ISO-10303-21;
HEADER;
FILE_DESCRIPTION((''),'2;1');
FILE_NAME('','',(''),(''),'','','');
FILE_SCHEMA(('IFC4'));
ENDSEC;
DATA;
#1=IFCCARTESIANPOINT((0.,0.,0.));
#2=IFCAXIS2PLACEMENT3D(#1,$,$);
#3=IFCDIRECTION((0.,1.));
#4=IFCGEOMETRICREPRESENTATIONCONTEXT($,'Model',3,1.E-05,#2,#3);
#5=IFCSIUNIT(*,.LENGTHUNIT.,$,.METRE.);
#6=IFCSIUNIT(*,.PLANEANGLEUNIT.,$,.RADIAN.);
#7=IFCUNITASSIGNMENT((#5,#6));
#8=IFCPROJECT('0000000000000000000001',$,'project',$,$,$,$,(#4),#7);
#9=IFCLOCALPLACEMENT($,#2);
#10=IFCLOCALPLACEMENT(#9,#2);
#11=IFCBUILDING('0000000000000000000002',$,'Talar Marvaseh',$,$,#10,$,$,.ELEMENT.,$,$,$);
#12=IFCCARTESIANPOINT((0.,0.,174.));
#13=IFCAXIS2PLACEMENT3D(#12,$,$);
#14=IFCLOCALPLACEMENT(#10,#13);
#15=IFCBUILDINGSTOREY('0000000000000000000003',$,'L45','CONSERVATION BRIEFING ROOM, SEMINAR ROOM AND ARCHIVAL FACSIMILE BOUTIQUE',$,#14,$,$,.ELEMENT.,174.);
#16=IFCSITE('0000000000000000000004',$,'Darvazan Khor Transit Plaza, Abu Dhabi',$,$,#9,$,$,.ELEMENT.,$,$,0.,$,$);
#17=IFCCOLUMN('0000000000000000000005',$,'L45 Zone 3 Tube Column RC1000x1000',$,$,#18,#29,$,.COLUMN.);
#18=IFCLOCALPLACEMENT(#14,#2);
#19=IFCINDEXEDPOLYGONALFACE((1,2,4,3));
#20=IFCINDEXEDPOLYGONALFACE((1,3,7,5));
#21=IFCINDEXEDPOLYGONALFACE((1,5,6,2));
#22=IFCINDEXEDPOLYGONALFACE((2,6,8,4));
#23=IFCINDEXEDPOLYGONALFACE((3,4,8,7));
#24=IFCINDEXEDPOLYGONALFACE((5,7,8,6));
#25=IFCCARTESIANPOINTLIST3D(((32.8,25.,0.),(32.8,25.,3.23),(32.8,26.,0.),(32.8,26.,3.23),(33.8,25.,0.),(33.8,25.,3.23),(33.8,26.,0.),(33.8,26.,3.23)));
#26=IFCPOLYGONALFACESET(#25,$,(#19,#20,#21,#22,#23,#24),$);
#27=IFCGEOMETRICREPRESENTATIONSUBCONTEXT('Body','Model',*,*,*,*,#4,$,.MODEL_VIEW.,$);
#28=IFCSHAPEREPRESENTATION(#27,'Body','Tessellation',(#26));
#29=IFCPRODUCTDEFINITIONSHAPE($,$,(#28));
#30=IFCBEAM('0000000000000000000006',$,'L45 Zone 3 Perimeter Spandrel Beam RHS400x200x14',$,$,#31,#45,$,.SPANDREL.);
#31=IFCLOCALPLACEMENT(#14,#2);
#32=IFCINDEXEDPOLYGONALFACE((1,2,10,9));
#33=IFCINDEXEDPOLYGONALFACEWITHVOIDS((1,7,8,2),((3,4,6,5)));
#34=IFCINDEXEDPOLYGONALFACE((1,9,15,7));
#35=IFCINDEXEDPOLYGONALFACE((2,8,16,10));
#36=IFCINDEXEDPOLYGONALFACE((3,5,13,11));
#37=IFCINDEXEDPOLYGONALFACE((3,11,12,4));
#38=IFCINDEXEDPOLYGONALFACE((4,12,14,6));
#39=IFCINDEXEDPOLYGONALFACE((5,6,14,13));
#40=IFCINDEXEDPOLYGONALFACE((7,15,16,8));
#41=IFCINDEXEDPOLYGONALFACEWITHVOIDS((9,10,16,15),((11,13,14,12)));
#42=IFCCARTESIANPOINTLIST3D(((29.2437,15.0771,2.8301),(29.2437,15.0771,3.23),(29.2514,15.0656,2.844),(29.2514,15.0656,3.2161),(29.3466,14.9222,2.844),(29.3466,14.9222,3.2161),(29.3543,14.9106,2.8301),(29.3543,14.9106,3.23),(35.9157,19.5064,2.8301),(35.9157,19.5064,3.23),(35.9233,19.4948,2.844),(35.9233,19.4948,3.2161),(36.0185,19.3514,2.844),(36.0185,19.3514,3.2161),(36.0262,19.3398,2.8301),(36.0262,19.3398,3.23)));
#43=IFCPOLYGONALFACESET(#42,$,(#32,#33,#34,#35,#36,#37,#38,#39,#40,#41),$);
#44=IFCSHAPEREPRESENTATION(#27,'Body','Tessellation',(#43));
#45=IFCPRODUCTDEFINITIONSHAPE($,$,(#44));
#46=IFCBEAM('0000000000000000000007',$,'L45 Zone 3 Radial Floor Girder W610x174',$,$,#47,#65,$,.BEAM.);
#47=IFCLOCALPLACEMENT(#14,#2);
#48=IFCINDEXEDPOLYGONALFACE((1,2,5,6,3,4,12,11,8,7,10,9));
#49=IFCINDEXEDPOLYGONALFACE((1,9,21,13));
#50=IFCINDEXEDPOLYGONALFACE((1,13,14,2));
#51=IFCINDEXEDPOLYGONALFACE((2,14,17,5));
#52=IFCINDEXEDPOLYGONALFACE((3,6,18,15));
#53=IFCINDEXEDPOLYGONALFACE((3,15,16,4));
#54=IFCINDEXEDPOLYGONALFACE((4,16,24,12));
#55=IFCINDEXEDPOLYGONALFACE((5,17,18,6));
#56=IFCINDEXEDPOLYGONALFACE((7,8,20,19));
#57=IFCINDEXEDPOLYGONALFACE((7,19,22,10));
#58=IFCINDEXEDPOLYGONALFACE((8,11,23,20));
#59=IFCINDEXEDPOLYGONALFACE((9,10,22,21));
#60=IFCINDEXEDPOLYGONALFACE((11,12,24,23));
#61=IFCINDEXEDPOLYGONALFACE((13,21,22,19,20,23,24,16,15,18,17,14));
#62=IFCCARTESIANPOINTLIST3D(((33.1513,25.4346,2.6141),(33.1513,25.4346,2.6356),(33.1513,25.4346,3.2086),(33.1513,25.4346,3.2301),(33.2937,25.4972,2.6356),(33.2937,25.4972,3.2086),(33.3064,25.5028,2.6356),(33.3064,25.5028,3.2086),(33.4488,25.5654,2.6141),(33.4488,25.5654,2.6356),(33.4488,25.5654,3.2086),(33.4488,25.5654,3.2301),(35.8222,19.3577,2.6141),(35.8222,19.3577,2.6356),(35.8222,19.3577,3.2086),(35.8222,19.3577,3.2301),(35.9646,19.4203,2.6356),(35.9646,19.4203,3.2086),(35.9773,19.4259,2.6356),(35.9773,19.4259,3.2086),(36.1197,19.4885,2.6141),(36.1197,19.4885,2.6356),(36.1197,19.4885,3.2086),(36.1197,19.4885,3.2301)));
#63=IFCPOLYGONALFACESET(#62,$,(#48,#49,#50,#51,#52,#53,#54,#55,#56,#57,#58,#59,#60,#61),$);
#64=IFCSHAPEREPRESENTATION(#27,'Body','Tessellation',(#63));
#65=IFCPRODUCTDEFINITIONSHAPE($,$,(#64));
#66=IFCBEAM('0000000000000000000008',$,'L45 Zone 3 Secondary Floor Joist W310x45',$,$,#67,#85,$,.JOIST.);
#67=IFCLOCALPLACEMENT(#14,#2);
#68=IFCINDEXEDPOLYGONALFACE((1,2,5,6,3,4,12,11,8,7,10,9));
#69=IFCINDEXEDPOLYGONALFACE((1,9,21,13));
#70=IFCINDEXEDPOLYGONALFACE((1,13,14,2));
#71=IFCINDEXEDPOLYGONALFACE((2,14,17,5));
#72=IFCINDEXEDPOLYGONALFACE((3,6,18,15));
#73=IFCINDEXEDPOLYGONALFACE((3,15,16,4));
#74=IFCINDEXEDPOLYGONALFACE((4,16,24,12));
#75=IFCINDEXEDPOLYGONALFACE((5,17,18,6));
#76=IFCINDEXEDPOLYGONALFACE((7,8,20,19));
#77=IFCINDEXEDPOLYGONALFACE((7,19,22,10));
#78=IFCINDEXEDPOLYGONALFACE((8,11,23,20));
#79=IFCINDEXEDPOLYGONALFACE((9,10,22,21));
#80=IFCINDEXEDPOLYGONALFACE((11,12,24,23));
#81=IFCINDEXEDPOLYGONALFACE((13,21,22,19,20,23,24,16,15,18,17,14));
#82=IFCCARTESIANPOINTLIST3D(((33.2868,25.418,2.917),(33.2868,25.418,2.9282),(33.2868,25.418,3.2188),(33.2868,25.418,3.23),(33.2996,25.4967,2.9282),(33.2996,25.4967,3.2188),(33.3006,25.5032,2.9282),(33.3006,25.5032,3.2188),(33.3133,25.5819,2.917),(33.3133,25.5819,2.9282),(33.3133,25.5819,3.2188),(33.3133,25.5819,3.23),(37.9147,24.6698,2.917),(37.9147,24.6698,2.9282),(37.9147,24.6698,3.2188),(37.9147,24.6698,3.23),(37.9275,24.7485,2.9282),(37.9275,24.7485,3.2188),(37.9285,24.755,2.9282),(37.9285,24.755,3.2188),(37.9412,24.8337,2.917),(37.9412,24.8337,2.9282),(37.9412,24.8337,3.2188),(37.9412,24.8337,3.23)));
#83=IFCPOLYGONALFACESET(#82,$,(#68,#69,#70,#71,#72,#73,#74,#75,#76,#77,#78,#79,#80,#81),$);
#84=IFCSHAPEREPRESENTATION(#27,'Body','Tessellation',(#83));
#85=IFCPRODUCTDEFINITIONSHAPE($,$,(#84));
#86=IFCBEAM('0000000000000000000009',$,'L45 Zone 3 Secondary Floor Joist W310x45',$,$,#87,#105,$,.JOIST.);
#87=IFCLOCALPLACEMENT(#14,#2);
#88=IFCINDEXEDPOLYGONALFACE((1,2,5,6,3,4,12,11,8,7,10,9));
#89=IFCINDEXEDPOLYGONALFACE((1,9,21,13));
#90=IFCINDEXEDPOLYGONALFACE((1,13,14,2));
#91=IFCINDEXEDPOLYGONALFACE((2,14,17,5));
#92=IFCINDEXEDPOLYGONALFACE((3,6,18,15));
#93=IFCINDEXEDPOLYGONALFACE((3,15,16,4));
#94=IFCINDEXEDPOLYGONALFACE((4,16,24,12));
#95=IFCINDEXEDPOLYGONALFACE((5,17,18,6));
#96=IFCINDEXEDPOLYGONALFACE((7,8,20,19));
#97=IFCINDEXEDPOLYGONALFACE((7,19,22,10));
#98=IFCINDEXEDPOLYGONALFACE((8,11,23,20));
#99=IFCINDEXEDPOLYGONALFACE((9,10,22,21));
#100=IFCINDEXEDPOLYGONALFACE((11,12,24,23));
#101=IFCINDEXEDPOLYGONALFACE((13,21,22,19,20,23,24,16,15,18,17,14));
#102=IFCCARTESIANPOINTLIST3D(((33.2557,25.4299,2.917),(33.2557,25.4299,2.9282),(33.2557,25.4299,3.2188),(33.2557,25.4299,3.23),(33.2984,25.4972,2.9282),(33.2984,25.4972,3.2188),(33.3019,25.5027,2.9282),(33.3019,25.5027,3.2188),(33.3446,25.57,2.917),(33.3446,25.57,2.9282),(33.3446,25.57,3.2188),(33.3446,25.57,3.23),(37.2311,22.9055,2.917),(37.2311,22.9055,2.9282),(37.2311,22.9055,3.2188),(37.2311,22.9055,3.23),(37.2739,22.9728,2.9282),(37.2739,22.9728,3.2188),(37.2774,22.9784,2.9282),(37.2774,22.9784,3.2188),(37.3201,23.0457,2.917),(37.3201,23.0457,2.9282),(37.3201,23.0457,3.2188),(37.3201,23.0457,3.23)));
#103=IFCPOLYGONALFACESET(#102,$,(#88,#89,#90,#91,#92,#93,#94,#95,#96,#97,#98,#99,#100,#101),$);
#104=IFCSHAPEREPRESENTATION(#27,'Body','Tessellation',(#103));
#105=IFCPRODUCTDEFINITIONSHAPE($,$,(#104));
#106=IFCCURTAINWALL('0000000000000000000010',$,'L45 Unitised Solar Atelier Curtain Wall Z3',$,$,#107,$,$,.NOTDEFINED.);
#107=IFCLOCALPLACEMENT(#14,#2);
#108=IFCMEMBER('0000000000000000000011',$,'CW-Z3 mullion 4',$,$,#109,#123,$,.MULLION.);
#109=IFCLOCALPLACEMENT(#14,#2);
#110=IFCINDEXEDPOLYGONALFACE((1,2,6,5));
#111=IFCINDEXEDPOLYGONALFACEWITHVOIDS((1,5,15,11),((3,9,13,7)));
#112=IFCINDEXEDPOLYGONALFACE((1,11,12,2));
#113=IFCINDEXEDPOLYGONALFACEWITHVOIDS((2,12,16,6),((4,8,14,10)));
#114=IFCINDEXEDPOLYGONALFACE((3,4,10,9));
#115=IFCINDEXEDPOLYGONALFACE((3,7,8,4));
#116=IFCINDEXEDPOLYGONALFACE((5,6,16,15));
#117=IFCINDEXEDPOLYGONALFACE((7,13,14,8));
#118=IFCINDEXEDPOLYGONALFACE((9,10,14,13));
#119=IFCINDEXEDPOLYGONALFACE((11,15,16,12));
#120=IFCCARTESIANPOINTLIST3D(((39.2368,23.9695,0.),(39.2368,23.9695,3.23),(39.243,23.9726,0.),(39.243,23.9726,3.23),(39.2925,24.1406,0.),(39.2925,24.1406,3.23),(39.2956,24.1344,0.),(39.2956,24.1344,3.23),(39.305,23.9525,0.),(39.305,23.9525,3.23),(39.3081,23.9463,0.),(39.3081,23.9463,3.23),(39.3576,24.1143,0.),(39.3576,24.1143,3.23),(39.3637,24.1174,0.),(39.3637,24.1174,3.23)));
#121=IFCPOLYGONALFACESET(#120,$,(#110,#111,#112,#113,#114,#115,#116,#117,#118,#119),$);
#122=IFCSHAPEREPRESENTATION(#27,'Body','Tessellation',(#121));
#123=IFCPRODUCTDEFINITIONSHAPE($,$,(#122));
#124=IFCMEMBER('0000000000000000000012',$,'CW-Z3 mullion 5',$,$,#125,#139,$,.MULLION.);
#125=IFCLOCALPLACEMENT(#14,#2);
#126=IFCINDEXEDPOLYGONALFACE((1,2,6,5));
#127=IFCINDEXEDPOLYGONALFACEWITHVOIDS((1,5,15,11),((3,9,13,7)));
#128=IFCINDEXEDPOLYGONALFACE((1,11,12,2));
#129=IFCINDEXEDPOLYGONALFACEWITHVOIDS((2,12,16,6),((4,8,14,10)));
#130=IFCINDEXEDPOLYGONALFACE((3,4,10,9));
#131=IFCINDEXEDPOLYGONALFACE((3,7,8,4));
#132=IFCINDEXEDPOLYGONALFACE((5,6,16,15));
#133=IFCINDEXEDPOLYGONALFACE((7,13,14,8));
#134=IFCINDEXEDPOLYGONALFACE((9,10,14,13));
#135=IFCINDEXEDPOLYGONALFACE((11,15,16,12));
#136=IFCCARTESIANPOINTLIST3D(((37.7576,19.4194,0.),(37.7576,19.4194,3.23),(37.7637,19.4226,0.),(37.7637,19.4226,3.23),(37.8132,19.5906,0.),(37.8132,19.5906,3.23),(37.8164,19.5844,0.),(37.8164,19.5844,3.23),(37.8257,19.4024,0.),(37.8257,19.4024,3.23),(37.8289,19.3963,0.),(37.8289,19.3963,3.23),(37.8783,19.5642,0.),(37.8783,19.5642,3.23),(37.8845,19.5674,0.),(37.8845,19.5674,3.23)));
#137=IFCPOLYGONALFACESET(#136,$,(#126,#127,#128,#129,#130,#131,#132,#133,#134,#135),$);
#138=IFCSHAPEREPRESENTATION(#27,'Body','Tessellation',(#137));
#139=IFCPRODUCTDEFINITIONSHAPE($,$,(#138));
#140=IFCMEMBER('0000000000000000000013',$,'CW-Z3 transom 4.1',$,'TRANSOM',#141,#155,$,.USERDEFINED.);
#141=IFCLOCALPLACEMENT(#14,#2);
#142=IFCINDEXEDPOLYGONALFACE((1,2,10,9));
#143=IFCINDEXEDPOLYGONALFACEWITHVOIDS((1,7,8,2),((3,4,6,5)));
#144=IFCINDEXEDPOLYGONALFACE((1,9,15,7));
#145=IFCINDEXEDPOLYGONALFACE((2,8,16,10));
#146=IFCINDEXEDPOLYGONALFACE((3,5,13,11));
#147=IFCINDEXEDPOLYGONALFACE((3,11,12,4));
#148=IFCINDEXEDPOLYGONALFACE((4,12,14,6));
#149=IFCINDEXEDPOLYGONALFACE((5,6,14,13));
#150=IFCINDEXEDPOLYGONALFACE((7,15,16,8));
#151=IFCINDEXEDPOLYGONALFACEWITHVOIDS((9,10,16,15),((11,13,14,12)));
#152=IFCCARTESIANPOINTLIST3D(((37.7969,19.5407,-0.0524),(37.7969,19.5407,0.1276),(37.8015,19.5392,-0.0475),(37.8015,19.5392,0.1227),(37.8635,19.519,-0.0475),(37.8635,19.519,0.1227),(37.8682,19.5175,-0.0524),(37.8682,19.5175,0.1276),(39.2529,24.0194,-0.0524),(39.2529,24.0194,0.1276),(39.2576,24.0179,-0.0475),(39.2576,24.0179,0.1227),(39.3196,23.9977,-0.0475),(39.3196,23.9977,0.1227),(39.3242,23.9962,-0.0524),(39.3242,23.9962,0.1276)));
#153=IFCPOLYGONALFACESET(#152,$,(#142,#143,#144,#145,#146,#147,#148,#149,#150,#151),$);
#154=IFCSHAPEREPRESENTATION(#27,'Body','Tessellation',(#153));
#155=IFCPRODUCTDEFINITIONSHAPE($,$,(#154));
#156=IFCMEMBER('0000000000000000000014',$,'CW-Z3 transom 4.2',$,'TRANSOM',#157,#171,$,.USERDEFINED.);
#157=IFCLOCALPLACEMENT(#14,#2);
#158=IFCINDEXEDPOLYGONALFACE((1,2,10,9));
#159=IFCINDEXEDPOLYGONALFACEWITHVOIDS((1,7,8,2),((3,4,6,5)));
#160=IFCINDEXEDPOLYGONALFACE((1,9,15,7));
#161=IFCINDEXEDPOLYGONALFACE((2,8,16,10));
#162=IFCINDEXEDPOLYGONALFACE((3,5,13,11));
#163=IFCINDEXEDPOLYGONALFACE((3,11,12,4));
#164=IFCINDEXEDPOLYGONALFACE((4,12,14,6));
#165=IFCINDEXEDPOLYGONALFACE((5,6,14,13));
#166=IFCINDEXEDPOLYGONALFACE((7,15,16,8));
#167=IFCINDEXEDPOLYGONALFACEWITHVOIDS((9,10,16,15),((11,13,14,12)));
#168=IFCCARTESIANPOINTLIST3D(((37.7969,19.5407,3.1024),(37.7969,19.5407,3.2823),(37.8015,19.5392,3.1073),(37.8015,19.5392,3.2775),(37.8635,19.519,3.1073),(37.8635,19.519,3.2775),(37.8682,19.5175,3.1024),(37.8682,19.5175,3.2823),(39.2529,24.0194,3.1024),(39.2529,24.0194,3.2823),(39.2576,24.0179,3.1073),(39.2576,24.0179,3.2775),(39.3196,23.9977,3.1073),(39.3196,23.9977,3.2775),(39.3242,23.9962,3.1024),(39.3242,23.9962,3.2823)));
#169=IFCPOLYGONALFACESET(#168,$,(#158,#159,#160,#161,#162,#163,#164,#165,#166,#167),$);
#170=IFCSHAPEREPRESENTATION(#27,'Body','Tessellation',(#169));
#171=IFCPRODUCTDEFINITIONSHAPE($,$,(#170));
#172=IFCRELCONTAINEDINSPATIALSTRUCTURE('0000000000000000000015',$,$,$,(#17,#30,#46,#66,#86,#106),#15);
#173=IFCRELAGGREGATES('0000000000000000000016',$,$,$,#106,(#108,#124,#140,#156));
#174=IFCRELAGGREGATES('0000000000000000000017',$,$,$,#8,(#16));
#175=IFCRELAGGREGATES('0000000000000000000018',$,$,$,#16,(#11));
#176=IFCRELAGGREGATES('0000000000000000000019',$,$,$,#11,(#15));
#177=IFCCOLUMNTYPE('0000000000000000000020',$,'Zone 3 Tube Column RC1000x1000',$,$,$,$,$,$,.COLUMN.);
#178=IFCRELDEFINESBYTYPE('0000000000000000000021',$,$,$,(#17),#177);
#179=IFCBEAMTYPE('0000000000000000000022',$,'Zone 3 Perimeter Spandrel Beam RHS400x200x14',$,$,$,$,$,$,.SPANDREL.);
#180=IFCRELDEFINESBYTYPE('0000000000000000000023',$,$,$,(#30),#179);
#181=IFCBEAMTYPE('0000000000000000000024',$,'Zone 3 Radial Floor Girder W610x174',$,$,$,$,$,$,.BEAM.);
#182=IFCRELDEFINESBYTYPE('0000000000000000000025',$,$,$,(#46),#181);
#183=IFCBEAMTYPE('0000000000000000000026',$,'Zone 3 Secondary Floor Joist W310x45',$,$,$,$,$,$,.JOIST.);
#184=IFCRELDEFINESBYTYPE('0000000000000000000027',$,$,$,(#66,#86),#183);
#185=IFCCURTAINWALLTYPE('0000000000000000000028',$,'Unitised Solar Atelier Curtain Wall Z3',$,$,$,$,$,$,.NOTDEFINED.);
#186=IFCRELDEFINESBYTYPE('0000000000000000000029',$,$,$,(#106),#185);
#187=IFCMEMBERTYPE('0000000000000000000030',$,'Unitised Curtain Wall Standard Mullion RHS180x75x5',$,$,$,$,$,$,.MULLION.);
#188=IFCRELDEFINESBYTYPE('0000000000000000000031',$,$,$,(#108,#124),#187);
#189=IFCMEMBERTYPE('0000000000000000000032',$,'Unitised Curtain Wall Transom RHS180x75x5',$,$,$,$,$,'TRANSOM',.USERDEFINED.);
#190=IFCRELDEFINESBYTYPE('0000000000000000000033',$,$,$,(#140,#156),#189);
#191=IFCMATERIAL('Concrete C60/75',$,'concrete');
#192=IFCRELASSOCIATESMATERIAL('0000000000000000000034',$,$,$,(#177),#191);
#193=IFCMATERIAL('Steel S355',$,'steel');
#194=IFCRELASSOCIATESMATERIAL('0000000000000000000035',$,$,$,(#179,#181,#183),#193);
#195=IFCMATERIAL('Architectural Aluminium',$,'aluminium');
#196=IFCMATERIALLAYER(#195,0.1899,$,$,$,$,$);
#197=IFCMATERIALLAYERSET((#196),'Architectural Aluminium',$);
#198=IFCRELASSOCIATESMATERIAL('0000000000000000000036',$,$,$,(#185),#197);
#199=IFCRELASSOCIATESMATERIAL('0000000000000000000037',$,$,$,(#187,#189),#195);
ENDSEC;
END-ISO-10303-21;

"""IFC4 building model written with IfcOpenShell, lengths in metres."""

from ifc_helpers import new_model, si_unit, direction, frame, origin, origin_2d, place, context, subcontext, project, spatial, rectangle, hollow_rectangle, i_section, extrude, source, transform, mapped, material, layer, layer_set, material_profile, profile_set, type_object, type_shapes, element, aggregate, save


model = new_model("IFC4")

# Units and contexts
model_context = context("Model", 3, precision=1e-05, world=origin(), true_north=direction((0.0, 1.0)))
body_context = subcontext(model_context, "Body", "Model", "MODEL_VIEW")
ifc_project = project(units=[si_unit("LENGTHUNIT", "METRE"), si_unit("PLANEANGLEUNIT", "RADIAN")], contexts=[model_context])

# Site, building, storey
site_placement = place(None, origin())
site = spatial("IfcSite", under=ifc_project, at=site_placement, Name="Darvazan Khor Transit Plaza, Abu Dhabi", CompositionType="ELEMENT", RefElevation=0.0)
building_placement = place(site_placement, origin())
building = spatial("IfcBuilding", under=site, at=building_placement, Name="Talar Marvaseh", CompositionType="ELEMENT")
storey_placement = place(building_placement, frame((0.0, 0.0, 174.0)))
storey = spatial("IfcBuildingStorey", under=building, at=storey_placement, Name="L45", Description="CONSERVATION BRIEFING ROOM, SEMINAR ROOM AND ARCHIVAL FACSIMILE BOUTIQUE", CompositionType="ELEMENT", Elevation=174.0)

# Column
ifc_material_1 = material(Name="Concrete C60/75", Category="concrete")
ifc_material_profile_1 = material_profile(ifc_material_1, rectangle(XDim=1.0, YDim=1.0, at=origin_2d()), Name="RC1000x1000")
ifc_profile_set_1 = profile_set([ifc_material_profile_1], Name="Concrete C60/75")
column_type = type_object("IfcColumnType", Name="Zone 3 Tube Column RC1000x1000", PredefinedType="COLUMN", material=ifc_profile_set_1)
column_placement = place(storey_placement, frame((33.3, 25.5, 0.0), z_axis=(0.0, 0.0, 1.0), x_axis=(1.0, 0.0, 0.0)))
element("IfcColumn", 1, at=column_placement, inside=storey, type_object=column_type, Name="L45 Zone 3 Tube Column RC1000x1000", PredefinedType="COLUMN", context=body_context, shape_type="SweptSolid", body=[
    extrude(rectangle(XDim=1.0, YDim=1.0, at=origin_2d()), origin(), (0.0, 0.0, 1.0), 3.23),
])

# Beams
ifc_material_2 = material(Name="Steel S355", Category="steel")
ifc_material_profile_2 = material_profile(ifc_material_2, hollow_rectangle(XDim=0.2, YDim=0.3999, WallThickness=0.0139, at=origin_2d()), Name="RHS400x200x14")
ifc_profile_set_2 = profile_set([ifc_material_profile_2], Name="Steel S355")
beam_type_1 = type_object("IfcBeamType", Name="Zone 3 Perimeter Spandrel Beam RHS400x200x14", PredefinedType="SPANDREL", material=ifc_profile_set_2)
beam_1_placement = place(storey_placement, frame((35.9709, 19.4231, 3.03), z_axis=(-0.833127, -0.553081, 0.0), x_axis=(0.553081, -0.833127, 0.0)))
element("IfcBeam", 2, at=beam_1_placement, inside=storey, type_object=beam_type_1, Name="L45 Zone 3 Perimeter Spandrel Beam RHS400x200x14", PredefinedType="SPANDREL", context=body_context, shape_type="SweptSolid", body=[
    extrude(hollow_rectangle(XDim=0.2, YDim=0.3999, WallThickness=0.0139, at=origin_2d()), origin(), (0.0, 0.0, 1.0), 8.0083),
])
ifc_material_profile_3 = material_profile(ifc_material_2, i_section(OverallWidth=0.325, OverallDepth=0.616, WebThickness=0.0139, FlangeThickness=0.0215, at=origin_2d()), Name="W610x174")
ifc_profile_set_3 = profile_set([ifc_material_profile_3], Name="Steel S355")
beam_type_2 = type_object("IfcBeamType", Name="Zone 3 Radial Floor Girder W610x174", PredefinedType="BEAM", material=ifc_profile_set_3)
beam_2_placement = place(storey_placement, frame((35.9709, 19.4231, 2.9221), z_axis=(-0.402368, 0.915478, 0.0), x_axis=(-0.915478, -0.402368, 0.0)))
element("IfcBeam", 3, at=beam_2_placement, inside=storey, type_object=beam_type_2, Name="L45 Zone 3 Radial Floor Girder W610x174", PredefinedType="BEAM", context=body_context, shape_type="SweptSolid", body=[
    extrude(i_section(OverallWidth=0.325, OverallDepth=0.616, WebThickness=0.0139, FlangeThickness=0.0215, at=origin_2d()), origin(), (0.0, 0.0, 1.0), 6.6379),
])
ifc_material_profile_4 = material_profile(ifc_material_2, i_section(OverallWidth=0.166, OverallDepth=0.313, WebThickness=0.0066, FlangeThickness=0.0112, at=origin_2d()), Name="W310x45")
ifc_profile_set_4 = profile_set([ifc_material_profile_4], Name="Steel S355")
beam_type_3 = type_object("IfcBeamType", Name="Zone 3 Secondary Floor Joist W310x45", PredefinedType="JOIST", material=ifc_profile_set_4)
beam_3_placement = place(storey_placement, frame((37.928, 24.7517, 3.0735), z_axis=(-0.987179, 0.159617, 0.0), x_axis=(-0.159617, -0.987179, 0.0)))
element("IfcBeam", 4, at=beam_3_placement, inside=storey, type_object=beam_type_3, Name="L45 Zone 3 Secondary Floor Joist W310x45", PredefinedType="JOIST", context=body_context, shape_type="SweptSolid", body=[
    extrude(i_section(OverallWidth=0.166, OverallDepth=0.313, WebThickness=0.0066, FlangeThickness=0.0112, at=origin_2d()), origin(), (0.0, 0.0, 1.0), 4.688),
])
beam_4_placement = place(storey_placement, frame((37.2756, 22.9756, 3.0735), z_axis=(-0.84419, 0.536043, 0.0), x_axis=(-0.536043, -0.84419, 0.0)))
element("IfcBeam", 5, at=beam_4_placement, inside=storey, type_object=beam_type_3, Name="L45 Zone 3 Secondary Floor Joist W310x45", PredefinedType="JOIST", context=body_context, shape_type="SweptSolid", body=[
    extrude(i_section(OverallWidth=0.166, OverallDepth=0.313, WebThickness=0.0066, FlangeThickness=0.0112, at=origin_2d()), origin(), (0.0, 0.0, 1.0), 4.7092),
])

# Curtain wall, members
ifc_material_3 = material(Name="Architectural Aluminium", Category="aluminium")
ifc_layer_1 = layer(ifc_material_3, 0.1899)
ifc_layer_set_1 = layer_set([ifc_layer_1], Name="Architectural Aluminium")
curtain_wall_type = type_object("IfcCurtainWallType", Name="Unitised Solar Atelier Curtain Wall Z3", PredefinedType="NOTDEFINED", material=ifc_layer_set_1)
curtain_wall_placement = place(storey_placement, origin())
curtain_wall = element("IfcCurtainWall", 6, at=curtain_wall_placement, inside=storey, type_object=curtain_wall_type, Name="L45 Unitised Solar Atelier Curtain Wall Z3", PredefinedType="NOTDEFINED")
ifc_material_profile_5 = material_profile(ifc_material_3, hollow_rectangle(XDim=0.075, YDim=0.1799, WallThickness=0.0049, at=origin_2d()), Name="RHS180x75x5")
ifc_profile_set_5 = profile_set([ifc_material_profile_5], Name="Architectural Aluminium")
member_type_1 = type_object("IfcMemberType", Name="Unitised Curtain Wall Standard Mullion RHS180x75x5", PredefinedType="MULLION", material=ifc_profile_set_5)
shared_shape_1 = source(origin(), body_context, "Body", "SweptSolid", [
    extrude(hollow_rectangle(XDim=0.075, YDim=0.1799, WallThickness=0.0049, at=origin_2d()), origin(), (0.0, 0.0, 1.0), 3.23),
])
type_shapes(member_type_1, [shared_shape_1])
member_1_placement = place(storey_placement, frame((39.3003, 24.0435, 0.0), z_axis=(0.0, 0.0, 1.0), x_axis=(0.951009, -0.309164, 0.0)))
member_1 = element("IfcMember", 7, at=member_1_placement, type_object=member_type_1, Name="CW-Z3 mullion 4", PredefinedType="MULLION", context=body_context, shape_type="MappedRepresentation", body=[
    mapped(shared_shape_1, transform((0.0, 0.0, 0.0), x_axis=(1.0, 0.0, 0.0), y_axis=(0.0, 1.0, 0.0), z_axis=(0.0, 0.0, 1.0), scale=1.0)),
])
member_2_placement = place(storey_placement, frame((37.821, 19.4934, 0.0), z_axis=(0.0, 0.0, 1.0), x_axis=(0.951009, -0.309164, 0.0)))
member_2 = element("IfcMember", 8, at=member_2_placement, type_object=member_type_1, Name="CW-Z3 mullion 5", PredefinedType="MULLION", context=body_context, shape_type="MappedRepresentation", body=[
    mapped(shared_shape_1, transform((0.0, 0.0, 0.0), x_axis=(1.0, 0.0, 0.0), y_axis=(0.0, 1.0, 0.0), z_axis=(0.0, 0.0, 1.0), scale=1.0)),
])
ifc_material_profile_6 = material_profile(ifc_material_3, hollow_rectangle(XDim=0.075, YDim=0.1799, WallThickness=0.0049, at=origin_2d()), Name="RHS180x75x5")
ifc_profile_set_6 = profile_set([ifc_material_profile_6], Name="Architectural Aluminium")
member_type_2 = type_object("IfcMemberType", Name="Unitised Curtain Wall Transom RHS180x75x5", ElementType="TRANSOM", PredefinedType="USERDEFINED", material=ifc_profile_set_6)
shared_shape_2 = source(origin(), body_context, "Body", "SweptSolid", [
    extrude(hollow_rectangle(XDim=0.075, YDim=0.1799, WallThickness=0.0049, at=origin_2d()), origin(), (0.0, 0.0, 1.0), 4.7095),
])
type_shapes(member_type_2, [shared_shape_2])
member_3_placement = place(storey_placement, frame((39.2886, 24.0078, 0.0376), z_axis=(-0.309174, -0.951005, 0.0), x_axis=(0.951005, -0.309174, 0.0)))
member_3 = element("IfcMember", 9, at=member_3_placement, type_object=member_type_2, Name="CW-Z3 transom 4.1", ObjectType="TRANSOM", PredefinedType="USERDEFINED", context=body_context, shape_type="MappedRepresentation", body=[
    mapped(shared_shape_2, transform((0.0, 0.0, 0.0), x_axis=(1.0, 0.0, 0.0), y_axis=(0.0, 1.0, 0.0), z_axis=(0.0, 0.0, 1.0), scale=1.0)),
])
member_4_placement = place(storey_placement, frame((39.2886, 24.0078, 3.1924), z_axis=(-0.309174, -0.951005, 0.0), x_axis=(0.951005, -0.309174, 0.0)))
member_4 = element("IfcMember", 10, at=member_4_placement, type_object=member_type_2, Name="CW-Z3 transom 4.2", ObjectType="TRANSOM", PredefinedType="USERDEFINED", context=body_context, shape_type="MappedRepresentation", body=[
    mapped(shared_shape_2, transform((0.0, 0.0, 0.0), x_axis=(1.0, 0.0, 0.0), y_axis=(0.0, 1.0, 0.0), z_axis=(0.0, 0.0, 1.0), scale=1.0)),
])
aggregate(curtain_wall, [member_1, member_2, member_3, member_4])

save(model, "model.ifc")
